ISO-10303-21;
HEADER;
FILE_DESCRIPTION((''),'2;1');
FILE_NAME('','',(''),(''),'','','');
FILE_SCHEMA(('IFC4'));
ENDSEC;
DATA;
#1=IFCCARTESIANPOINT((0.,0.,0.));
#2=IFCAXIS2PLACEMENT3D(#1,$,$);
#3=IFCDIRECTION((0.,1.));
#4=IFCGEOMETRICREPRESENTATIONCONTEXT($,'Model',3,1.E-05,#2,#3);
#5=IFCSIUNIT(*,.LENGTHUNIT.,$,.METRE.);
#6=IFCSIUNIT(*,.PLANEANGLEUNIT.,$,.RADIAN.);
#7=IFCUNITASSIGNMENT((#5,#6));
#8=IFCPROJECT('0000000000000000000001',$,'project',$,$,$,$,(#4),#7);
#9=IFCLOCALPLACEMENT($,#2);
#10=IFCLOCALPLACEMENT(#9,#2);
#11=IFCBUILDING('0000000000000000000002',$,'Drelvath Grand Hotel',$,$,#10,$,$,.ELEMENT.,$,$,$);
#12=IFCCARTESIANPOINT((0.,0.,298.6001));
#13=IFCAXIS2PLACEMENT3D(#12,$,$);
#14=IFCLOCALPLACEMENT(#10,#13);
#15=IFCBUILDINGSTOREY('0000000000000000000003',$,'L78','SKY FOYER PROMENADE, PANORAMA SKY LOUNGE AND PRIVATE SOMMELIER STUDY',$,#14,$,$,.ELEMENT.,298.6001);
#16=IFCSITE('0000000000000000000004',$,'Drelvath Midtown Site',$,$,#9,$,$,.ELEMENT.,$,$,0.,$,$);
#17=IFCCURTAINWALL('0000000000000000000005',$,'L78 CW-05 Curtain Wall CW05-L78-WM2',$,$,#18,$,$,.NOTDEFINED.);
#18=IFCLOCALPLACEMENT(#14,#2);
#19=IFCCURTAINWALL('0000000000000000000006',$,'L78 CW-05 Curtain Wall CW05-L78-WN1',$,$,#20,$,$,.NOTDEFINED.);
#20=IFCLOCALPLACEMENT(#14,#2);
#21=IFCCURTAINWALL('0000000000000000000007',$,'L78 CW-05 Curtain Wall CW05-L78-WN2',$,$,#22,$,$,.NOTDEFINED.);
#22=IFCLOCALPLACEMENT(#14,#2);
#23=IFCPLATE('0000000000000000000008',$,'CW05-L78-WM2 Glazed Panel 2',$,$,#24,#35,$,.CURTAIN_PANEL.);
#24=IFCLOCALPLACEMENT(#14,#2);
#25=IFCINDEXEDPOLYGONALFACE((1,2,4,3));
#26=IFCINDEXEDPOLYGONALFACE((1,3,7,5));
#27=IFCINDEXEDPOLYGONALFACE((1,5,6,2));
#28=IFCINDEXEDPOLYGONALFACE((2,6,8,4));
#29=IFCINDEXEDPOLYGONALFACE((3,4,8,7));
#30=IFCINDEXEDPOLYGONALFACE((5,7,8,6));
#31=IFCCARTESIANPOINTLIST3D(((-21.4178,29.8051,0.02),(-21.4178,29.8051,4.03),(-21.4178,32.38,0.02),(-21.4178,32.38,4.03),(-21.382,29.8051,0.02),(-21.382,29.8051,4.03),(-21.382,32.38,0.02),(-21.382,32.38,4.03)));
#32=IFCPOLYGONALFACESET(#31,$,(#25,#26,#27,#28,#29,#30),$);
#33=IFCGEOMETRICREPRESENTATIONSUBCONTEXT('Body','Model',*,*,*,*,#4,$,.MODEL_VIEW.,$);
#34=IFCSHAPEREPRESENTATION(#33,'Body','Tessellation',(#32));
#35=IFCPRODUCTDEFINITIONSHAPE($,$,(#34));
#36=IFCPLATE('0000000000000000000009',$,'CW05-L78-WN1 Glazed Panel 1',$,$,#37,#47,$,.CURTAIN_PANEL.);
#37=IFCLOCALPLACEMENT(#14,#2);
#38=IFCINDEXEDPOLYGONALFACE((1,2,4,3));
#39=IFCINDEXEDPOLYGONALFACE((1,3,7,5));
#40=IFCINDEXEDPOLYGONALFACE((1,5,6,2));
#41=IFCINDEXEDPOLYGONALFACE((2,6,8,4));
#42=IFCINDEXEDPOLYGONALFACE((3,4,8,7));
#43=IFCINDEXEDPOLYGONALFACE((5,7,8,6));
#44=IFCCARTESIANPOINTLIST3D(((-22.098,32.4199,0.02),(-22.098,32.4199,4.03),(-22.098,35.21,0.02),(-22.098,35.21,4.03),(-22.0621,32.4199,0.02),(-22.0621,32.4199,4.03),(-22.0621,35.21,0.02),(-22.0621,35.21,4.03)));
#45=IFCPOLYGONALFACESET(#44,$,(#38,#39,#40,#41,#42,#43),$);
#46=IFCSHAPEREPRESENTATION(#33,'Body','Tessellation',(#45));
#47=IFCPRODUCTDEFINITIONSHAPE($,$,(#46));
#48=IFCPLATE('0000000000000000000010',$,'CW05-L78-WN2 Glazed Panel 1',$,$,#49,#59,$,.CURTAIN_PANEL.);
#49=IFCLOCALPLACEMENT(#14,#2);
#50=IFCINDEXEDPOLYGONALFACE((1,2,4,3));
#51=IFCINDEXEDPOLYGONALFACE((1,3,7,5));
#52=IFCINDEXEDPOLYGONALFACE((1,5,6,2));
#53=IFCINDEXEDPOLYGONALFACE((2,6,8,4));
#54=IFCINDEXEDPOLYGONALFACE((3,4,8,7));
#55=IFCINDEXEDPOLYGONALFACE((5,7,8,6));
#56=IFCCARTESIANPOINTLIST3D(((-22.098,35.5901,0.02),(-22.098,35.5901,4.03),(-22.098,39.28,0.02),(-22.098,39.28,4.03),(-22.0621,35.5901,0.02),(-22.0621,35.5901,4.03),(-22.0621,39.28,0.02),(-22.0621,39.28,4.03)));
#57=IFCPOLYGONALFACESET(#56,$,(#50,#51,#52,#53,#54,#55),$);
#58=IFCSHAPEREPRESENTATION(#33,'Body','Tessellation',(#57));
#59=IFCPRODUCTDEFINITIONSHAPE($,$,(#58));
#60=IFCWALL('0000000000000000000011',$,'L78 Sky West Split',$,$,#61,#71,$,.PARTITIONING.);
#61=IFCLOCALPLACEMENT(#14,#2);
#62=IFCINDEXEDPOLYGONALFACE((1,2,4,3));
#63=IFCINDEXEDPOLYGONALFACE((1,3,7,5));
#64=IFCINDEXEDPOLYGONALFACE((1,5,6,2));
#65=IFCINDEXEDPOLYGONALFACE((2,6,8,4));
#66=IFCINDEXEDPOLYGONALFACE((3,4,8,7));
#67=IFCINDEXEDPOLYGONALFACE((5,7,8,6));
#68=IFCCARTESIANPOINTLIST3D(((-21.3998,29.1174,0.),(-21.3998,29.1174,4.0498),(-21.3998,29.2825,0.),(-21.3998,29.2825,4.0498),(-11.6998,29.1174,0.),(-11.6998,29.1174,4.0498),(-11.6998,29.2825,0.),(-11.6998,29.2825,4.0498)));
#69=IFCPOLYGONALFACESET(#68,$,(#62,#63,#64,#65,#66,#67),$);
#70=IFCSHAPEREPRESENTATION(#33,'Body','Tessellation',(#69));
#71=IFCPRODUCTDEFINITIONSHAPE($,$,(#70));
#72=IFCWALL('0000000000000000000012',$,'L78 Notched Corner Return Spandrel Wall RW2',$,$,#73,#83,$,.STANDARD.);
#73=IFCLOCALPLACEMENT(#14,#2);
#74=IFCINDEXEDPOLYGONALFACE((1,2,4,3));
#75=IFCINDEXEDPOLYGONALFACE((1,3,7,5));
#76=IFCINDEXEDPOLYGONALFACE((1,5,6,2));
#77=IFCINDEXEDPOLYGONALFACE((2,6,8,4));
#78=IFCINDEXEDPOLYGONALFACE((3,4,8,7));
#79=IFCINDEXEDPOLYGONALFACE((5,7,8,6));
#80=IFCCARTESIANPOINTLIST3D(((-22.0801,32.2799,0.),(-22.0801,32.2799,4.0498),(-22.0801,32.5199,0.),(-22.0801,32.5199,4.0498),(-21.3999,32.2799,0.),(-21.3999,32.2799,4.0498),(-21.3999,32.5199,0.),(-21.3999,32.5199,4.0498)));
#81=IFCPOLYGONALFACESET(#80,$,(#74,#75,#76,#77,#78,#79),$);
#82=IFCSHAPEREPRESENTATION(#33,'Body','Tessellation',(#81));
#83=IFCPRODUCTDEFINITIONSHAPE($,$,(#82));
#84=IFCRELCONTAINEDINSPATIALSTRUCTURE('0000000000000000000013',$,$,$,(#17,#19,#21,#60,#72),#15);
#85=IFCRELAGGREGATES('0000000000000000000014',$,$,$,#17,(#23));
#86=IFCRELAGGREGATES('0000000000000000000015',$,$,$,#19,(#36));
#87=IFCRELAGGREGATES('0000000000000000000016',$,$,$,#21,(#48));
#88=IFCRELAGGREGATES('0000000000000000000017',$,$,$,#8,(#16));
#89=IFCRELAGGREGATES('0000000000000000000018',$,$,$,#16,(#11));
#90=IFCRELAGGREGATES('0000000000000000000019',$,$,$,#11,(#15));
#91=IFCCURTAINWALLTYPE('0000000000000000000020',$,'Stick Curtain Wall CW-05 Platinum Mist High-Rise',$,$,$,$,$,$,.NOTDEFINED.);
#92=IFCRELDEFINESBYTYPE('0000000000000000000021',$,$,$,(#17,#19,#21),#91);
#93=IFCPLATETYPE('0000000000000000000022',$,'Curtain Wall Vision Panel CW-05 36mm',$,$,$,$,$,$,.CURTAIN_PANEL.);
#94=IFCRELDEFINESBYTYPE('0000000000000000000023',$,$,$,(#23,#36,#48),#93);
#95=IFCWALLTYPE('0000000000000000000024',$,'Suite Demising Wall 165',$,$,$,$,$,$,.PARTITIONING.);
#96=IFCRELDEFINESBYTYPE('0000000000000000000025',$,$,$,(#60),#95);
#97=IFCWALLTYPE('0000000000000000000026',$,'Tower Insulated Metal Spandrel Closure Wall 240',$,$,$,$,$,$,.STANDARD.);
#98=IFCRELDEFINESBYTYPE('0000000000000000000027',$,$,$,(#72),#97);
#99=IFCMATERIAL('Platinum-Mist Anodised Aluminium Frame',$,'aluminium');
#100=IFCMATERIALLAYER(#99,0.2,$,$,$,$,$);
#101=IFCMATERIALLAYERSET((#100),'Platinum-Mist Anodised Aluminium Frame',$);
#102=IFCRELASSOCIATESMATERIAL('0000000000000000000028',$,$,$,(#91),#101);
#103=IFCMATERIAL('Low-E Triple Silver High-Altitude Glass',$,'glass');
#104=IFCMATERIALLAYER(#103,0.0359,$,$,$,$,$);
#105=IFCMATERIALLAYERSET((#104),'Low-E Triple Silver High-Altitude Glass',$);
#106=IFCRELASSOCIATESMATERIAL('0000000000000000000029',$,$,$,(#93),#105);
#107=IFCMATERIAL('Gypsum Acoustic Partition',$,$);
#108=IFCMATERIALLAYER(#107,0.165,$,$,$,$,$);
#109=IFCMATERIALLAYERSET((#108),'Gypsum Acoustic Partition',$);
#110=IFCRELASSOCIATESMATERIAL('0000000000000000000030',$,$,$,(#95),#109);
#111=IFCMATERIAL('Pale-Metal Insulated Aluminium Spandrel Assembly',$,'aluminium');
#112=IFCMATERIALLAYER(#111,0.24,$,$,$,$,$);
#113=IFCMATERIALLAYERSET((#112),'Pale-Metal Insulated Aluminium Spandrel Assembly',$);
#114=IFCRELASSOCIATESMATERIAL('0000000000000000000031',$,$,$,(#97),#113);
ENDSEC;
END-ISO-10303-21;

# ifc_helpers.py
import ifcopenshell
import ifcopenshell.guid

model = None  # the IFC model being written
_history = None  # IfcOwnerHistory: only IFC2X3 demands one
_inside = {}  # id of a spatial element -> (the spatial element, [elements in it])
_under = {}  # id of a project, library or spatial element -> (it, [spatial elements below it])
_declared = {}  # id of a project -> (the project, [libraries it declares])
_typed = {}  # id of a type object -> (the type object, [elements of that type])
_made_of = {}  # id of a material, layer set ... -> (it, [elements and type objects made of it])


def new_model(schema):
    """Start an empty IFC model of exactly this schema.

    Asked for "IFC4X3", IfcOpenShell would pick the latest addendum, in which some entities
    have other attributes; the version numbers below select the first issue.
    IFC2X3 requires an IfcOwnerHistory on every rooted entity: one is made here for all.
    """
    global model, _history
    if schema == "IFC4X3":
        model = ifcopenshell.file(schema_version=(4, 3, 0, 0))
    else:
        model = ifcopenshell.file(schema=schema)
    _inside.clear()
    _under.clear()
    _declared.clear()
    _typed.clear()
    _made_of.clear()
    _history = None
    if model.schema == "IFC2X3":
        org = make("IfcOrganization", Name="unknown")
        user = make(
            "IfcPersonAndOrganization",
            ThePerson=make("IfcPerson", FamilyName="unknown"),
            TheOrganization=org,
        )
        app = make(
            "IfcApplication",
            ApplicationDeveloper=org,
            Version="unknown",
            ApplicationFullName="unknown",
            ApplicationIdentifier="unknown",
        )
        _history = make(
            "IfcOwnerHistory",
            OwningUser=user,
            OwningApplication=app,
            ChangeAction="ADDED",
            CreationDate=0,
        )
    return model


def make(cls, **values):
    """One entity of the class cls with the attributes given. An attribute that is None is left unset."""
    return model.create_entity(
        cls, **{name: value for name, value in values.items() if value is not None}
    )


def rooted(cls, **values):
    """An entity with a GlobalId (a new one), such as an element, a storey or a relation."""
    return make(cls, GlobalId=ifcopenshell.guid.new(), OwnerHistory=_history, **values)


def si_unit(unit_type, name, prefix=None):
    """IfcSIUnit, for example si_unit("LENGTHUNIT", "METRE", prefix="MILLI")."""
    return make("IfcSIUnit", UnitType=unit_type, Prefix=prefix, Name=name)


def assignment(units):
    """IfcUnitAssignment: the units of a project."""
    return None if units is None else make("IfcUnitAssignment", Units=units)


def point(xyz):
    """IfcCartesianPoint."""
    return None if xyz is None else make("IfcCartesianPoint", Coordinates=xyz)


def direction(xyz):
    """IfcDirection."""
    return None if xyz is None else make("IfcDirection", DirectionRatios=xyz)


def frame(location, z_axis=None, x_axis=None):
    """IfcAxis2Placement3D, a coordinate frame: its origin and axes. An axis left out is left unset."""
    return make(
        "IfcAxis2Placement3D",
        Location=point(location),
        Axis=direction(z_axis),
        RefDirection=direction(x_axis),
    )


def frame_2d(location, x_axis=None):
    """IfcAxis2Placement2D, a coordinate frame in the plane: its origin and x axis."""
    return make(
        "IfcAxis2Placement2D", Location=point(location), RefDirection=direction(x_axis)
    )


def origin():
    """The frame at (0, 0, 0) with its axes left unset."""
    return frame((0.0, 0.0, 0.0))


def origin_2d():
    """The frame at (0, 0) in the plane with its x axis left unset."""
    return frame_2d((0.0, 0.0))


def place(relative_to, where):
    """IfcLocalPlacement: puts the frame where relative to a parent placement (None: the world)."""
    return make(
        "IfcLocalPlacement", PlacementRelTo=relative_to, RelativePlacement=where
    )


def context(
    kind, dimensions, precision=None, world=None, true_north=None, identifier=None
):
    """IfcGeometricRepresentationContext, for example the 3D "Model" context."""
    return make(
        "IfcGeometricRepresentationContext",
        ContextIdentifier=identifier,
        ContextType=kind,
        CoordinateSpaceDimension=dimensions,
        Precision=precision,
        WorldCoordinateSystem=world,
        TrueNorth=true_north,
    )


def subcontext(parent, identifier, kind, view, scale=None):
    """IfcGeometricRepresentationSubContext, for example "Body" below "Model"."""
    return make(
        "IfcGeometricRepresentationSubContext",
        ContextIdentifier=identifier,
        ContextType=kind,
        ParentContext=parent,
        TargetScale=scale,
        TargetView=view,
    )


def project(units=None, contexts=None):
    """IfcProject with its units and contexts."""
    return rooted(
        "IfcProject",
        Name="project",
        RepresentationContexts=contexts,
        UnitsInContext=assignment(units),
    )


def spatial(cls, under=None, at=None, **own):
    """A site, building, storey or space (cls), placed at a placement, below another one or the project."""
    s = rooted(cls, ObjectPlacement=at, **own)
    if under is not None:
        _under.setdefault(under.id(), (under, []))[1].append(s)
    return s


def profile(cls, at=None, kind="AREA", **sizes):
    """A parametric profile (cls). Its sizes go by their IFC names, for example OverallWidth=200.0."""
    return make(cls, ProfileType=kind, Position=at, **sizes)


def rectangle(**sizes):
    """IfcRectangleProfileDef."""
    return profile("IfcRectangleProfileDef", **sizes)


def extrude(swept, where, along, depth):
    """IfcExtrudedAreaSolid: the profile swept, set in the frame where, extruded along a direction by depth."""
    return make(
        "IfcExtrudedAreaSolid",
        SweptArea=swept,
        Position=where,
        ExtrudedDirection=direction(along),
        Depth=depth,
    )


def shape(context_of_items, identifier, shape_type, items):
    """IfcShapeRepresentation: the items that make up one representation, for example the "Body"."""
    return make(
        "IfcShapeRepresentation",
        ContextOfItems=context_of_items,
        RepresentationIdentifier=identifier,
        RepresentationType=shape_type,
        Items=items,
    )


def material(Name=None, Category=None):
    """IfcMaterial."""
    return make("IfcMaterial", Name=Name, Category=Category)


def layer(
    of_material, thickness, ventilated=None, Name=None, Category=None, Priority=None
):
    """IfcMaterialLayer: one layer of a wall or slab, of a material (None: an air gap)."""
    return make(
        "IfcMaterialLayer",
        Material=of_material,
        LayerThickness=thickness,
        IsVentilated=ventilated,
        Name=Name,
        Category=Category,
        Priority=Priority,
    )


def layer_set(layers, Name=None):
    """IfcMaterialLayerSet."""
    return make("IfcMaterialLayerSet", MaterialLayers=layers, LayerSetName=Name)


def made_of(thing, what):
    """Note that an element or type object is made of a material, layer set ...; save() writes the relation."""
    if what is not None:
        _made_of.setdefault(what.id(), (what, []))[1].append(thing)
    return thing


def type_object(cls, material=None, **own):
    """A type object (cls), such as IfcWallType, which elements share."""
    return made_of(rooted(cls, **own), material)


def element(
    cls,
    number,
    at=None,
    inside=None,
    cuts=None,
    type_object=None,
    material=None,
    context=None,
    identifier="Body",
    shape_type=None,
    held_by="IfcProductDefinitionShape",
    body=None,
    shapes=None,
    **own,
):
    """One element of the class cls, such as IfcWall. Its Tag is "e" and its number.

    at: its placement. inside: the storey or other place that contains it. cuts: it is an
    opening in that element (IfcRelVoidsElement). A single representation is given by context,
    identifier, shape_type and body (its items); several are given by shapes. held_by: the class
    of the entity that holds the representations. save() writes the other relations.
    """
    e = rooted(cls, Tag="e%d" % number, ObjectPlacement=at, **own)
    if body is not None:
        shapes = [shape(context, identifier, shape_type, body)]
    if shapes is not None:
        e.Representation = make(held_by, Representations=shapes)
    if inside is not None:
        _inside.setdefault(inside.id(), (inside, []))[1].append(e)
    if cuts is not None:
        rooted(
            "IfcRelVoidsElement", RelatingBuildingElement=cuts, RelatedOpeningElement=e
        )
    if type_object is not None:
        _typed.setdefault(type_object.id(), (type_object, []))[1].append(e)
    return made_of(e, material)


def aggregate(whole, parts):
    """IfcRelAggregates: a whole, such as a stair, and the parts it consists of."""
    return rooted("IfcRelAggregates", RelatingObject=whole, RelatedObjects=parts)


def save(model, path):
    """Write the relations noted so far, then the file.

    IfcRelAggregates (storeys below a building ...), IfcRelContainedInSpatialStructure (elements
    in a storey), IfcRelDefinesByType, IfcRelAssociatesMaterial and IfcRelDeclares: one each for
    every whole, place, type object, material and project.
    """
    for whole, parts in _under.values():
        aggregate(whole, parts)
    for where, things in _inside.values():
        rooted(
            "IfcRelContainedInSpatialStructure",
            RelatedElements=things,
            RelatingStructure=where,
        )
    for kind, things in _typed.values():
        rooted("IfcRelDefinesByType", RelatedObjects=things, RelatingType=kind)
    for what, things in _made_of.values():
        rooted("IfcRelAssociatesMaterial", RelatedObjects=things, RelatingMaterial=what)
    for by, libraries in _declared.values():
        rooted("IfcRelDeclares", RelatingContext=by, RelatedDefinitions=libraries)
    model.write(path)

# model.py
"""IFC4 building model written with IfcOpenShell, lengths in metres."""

from ifc_helpers import new_model, si_unit, direction, frame, frame_2d, origin, origin_2d, place, context, subcontext, project, spatial, rectangle, extrude, material, layer, layer_set, type_object, element, aggregate, save


model = new_model("IFC4")

# Units and contexts
model_context = context("Model", 3, precision=1e-05, world=origin(), true_north=direction((0.0, 1.0)))
body_context = subcontext(model_context, "Body", "Model", "MODEL_VIEW")
ifc_project = project(units=[si_unit("LENGTHUNIT", "METRE"), si_unit("PLANEANGLEUNIT", "RADIAN")], contexts=[model_context])

# Site, building, storey
site_placement = place(None, origin())
site = spatial("IfcSite", under=ifc_project, at=site_placement, Name="Drelvath Midtown Site", CompositionType="ELEMENT", RefElevation=0.0)
building_placement = place(site_placement, origin())
building = spatial("IfcBuilding", under=site, at=building_placement, Name="Drelvath Grand Hotel", CompositionType="ELEMENT")
storey_placement = place(building_placement, frame((0.0, 0.0, 298.6001)))
storey = spatial("IfcBuildingStorey", under=building, at=storey_placement, Name="L78", Description="SKY FOYER PROMENADE, PANORAMA SKY LOUNGE AND PRIVATE SOMMELIER STUDY", CompositionType="ELEMENT", Elevation=298.6001)

# Curtain walls
ifc_material_1 = material(Name="Platinum-Mist Anodised Aluminium Frame", Category="aluminium")
ifc_layer_1 = layer(ifc_material_1, 0.2)
ifc_layer_set_1 = layer_set([ifc_layer_1], Name="Platinum-Mist Anodised Aluminium Frame")
curtain_wall_type = type_object("IfcCurtainWallType", Name="Stick Curtain Wall CW-05 Platinum Mist High-Rise", PredefinedType="NOTDEFINED", material=ifc_layer_set_1)
curtain_wall_1_placement = place(storey_placement, origin())
curtain_wall_1 = element("IfcCurtainWall", 1, at=curtain_wall_1_placement, inside=storey, type_object=curtain_wall_type, Name="L78 CW-05 Curtain Wall CW05-L78-WM2", PredefinedType="NOTDEFINED")
curtain_wall_2_placement = place(storey_placement, origin())
curtain_wall_2 = element("IfcCurtainWall", 2, at=curtain_wall_2_placement, inside=storey, type_object=curtain_wall_type, Name="L78 CW-05 Curtain Wall CW05-L78-WN1", PredefinedType="NOTDEFINED")
curtain_wall_3_placement = place(storey_placement, origin())
curtain_wall_3 = element("IfcCurtainWall", 3, at=curtain_wall_3_placement, inside=storey, type_object=curtain_wall_type, Name="L78 CW-05 Curtain Wall CW05-L78-WN2", PredefinedType="NOTDEFINED")

# Plates
ifc_material_2 = material(Name="Low-E Triple Silver High-Altitude Glass", Category="glass")
ifc_layer_2 = layer(ifc_material_2, 0.0359)
ifc_layer_set_2 = layer_set([ifc_layer_2], Name="Low-E Triple Silver High-Altitude Glass")
plate_type = type_object("IfcPlateType", Name="Curtain Wall Vision Panel CW-05 36mm", PredefinedType="CURTAIN_PANEL", material=ifc_layer_set_2)
plate_1_placement = place(storey_placement, frame((-21.3999, 31.0925, 0.02), z_axis=(0.0, 0.0, 1.0), x_axis=(0.0, 1.0, 0.0)))
plate_1 = element("IfcPlate", 4, at=plate_1_placement, type_object=plate_type, Name="CW05-L78-WM2 Glazed Panel 2", PredefinedType="CURTAIN_PANEL", context=body_context, shape_type="SweptSolid", body=[
    extrude(rectangle(XDim=2.575, YDim=0.0359, at=origin_2d()), origin(), (0.0, 0.0, 1.0), 4.01),
])
aggregate(curtain_wall_1, [plate_1])
plate_2_placement = place(storey_placement, frame((-22.0801, 33.8149, 0.02), z_axis=(0.0, 0.0, 1.0), x_axis=(0.0, 1.0, 0.0)))
plate_2 = element("IfcPlate", 5, at=plate_2_placement, type_object=plate_type, Name="CW05-L78-WN1 Glazed Panel 1", PredefinedType="CURTAIN_PANEL", context=body_context, shape_type="SweptSolid", body=[
    extrude(rectangle(XDim=2.79, YDim=0.0359, at=origin_2d()), origin(), (0.0, 0.0, 1.0), 4.01),
])
aggregate(curtain_wall_2, [plate_2])
plate_3_placement = place(storey_placement, frame((-22.0801, 37.4351, 0.02), z_axis=(0.0, 0.0, 1.0), x_axis=(0.0, 1.0, 0.0)))
plate_3 = element("IfcPlate", 6, at=plate_3_placement, type_object=plate_type, Name="CW05-L78-WN2 Glazed Panel 1", PredefinedType="CURTAIN_PANEL", context=body_context, shape_type="SweptSolid", body=[
    extrude(rectangle(XDim=3.6899, YDim=0.0359, at=origin_2d()), origin(), (0.0, 0.0, 1.0), 4.01),
])
aggregate(curtain_wall_3, [plate_3])

# Walls
ifc_material_3 = material(Name="Gypsum Acoustic Partition")
ifc_layer_3 = layer(ifc_material_3, 0.165)
ifc_layer_set_3 = layer_set([ifc_layer_3], Name="Gypsum Acoustic Partition")
wall_type_1 = type_object("IfcWallType", Name="Suite Demising Wall 165", PredefinedType="PARTITIONING", material=ifc_layer_set_3)
wall_1_placement = place(storey_placement, frame((-21.3999, 29.2, 0.0), z_axis=(0.0, 0.0, 1.0), x_axis=(1.0, 0.0, 0.0)))
element("IfcWall", 7, at=wall_1_placement, inside=storey, type_object=wall_type_1, Name="L78 Sky West Split", PredefinedType="PARTITIONING", context=body_context, shape_type="SweptSolid", body=[
    extrude(rectangle(XDim=9.7, YDim=0.165, at=frame_2d((4.8501, 0.0))), origin(), (0.0, 0.0, 1.0), 4.0498),
])
ifc_material_4 = material(Name="Pale-Metal Insulated Aluminium Spandrel Assembly", Category="aluminium")
ifc_layer_4 = layer(ifc_material_4, 0.24)
ifc_layer_set_4 = layer_set([ifc_layer_4], Name="Pale-Metal Insulated Aluminium Spandrel Assembly")
wall_type_2 = type_object("IfcWallType", Name="Tower Insulated Metal Spandrel Closure Wall 240", PredefinedType="STANDARD", material=ifc_layer_set_4)
wall_2_placement = place(storey_placement, frame((-21.3999, 32.3999, 0.0), z_axis=(0.0, 0.0, 1.0), x_axis=(-1.0, 0.0, 0.0)))
element("IfcWall", 8, at=wall_2_placement, inside=storey, type_object=wall_type_2, Name="L78 Notched Corner Return Spandrel Wall RW2", PredefinedType="STANDARD", context=body_context, shape_type="SweptSolid", body=[
    extrude(rectangle(XDim=0.6802, YDim=0.24, at=frame_2d((0.3401, 0.0))), origin(), (0.0, 0.0, 1.0), 4.0498),
])

save(model, "model.ifc")
